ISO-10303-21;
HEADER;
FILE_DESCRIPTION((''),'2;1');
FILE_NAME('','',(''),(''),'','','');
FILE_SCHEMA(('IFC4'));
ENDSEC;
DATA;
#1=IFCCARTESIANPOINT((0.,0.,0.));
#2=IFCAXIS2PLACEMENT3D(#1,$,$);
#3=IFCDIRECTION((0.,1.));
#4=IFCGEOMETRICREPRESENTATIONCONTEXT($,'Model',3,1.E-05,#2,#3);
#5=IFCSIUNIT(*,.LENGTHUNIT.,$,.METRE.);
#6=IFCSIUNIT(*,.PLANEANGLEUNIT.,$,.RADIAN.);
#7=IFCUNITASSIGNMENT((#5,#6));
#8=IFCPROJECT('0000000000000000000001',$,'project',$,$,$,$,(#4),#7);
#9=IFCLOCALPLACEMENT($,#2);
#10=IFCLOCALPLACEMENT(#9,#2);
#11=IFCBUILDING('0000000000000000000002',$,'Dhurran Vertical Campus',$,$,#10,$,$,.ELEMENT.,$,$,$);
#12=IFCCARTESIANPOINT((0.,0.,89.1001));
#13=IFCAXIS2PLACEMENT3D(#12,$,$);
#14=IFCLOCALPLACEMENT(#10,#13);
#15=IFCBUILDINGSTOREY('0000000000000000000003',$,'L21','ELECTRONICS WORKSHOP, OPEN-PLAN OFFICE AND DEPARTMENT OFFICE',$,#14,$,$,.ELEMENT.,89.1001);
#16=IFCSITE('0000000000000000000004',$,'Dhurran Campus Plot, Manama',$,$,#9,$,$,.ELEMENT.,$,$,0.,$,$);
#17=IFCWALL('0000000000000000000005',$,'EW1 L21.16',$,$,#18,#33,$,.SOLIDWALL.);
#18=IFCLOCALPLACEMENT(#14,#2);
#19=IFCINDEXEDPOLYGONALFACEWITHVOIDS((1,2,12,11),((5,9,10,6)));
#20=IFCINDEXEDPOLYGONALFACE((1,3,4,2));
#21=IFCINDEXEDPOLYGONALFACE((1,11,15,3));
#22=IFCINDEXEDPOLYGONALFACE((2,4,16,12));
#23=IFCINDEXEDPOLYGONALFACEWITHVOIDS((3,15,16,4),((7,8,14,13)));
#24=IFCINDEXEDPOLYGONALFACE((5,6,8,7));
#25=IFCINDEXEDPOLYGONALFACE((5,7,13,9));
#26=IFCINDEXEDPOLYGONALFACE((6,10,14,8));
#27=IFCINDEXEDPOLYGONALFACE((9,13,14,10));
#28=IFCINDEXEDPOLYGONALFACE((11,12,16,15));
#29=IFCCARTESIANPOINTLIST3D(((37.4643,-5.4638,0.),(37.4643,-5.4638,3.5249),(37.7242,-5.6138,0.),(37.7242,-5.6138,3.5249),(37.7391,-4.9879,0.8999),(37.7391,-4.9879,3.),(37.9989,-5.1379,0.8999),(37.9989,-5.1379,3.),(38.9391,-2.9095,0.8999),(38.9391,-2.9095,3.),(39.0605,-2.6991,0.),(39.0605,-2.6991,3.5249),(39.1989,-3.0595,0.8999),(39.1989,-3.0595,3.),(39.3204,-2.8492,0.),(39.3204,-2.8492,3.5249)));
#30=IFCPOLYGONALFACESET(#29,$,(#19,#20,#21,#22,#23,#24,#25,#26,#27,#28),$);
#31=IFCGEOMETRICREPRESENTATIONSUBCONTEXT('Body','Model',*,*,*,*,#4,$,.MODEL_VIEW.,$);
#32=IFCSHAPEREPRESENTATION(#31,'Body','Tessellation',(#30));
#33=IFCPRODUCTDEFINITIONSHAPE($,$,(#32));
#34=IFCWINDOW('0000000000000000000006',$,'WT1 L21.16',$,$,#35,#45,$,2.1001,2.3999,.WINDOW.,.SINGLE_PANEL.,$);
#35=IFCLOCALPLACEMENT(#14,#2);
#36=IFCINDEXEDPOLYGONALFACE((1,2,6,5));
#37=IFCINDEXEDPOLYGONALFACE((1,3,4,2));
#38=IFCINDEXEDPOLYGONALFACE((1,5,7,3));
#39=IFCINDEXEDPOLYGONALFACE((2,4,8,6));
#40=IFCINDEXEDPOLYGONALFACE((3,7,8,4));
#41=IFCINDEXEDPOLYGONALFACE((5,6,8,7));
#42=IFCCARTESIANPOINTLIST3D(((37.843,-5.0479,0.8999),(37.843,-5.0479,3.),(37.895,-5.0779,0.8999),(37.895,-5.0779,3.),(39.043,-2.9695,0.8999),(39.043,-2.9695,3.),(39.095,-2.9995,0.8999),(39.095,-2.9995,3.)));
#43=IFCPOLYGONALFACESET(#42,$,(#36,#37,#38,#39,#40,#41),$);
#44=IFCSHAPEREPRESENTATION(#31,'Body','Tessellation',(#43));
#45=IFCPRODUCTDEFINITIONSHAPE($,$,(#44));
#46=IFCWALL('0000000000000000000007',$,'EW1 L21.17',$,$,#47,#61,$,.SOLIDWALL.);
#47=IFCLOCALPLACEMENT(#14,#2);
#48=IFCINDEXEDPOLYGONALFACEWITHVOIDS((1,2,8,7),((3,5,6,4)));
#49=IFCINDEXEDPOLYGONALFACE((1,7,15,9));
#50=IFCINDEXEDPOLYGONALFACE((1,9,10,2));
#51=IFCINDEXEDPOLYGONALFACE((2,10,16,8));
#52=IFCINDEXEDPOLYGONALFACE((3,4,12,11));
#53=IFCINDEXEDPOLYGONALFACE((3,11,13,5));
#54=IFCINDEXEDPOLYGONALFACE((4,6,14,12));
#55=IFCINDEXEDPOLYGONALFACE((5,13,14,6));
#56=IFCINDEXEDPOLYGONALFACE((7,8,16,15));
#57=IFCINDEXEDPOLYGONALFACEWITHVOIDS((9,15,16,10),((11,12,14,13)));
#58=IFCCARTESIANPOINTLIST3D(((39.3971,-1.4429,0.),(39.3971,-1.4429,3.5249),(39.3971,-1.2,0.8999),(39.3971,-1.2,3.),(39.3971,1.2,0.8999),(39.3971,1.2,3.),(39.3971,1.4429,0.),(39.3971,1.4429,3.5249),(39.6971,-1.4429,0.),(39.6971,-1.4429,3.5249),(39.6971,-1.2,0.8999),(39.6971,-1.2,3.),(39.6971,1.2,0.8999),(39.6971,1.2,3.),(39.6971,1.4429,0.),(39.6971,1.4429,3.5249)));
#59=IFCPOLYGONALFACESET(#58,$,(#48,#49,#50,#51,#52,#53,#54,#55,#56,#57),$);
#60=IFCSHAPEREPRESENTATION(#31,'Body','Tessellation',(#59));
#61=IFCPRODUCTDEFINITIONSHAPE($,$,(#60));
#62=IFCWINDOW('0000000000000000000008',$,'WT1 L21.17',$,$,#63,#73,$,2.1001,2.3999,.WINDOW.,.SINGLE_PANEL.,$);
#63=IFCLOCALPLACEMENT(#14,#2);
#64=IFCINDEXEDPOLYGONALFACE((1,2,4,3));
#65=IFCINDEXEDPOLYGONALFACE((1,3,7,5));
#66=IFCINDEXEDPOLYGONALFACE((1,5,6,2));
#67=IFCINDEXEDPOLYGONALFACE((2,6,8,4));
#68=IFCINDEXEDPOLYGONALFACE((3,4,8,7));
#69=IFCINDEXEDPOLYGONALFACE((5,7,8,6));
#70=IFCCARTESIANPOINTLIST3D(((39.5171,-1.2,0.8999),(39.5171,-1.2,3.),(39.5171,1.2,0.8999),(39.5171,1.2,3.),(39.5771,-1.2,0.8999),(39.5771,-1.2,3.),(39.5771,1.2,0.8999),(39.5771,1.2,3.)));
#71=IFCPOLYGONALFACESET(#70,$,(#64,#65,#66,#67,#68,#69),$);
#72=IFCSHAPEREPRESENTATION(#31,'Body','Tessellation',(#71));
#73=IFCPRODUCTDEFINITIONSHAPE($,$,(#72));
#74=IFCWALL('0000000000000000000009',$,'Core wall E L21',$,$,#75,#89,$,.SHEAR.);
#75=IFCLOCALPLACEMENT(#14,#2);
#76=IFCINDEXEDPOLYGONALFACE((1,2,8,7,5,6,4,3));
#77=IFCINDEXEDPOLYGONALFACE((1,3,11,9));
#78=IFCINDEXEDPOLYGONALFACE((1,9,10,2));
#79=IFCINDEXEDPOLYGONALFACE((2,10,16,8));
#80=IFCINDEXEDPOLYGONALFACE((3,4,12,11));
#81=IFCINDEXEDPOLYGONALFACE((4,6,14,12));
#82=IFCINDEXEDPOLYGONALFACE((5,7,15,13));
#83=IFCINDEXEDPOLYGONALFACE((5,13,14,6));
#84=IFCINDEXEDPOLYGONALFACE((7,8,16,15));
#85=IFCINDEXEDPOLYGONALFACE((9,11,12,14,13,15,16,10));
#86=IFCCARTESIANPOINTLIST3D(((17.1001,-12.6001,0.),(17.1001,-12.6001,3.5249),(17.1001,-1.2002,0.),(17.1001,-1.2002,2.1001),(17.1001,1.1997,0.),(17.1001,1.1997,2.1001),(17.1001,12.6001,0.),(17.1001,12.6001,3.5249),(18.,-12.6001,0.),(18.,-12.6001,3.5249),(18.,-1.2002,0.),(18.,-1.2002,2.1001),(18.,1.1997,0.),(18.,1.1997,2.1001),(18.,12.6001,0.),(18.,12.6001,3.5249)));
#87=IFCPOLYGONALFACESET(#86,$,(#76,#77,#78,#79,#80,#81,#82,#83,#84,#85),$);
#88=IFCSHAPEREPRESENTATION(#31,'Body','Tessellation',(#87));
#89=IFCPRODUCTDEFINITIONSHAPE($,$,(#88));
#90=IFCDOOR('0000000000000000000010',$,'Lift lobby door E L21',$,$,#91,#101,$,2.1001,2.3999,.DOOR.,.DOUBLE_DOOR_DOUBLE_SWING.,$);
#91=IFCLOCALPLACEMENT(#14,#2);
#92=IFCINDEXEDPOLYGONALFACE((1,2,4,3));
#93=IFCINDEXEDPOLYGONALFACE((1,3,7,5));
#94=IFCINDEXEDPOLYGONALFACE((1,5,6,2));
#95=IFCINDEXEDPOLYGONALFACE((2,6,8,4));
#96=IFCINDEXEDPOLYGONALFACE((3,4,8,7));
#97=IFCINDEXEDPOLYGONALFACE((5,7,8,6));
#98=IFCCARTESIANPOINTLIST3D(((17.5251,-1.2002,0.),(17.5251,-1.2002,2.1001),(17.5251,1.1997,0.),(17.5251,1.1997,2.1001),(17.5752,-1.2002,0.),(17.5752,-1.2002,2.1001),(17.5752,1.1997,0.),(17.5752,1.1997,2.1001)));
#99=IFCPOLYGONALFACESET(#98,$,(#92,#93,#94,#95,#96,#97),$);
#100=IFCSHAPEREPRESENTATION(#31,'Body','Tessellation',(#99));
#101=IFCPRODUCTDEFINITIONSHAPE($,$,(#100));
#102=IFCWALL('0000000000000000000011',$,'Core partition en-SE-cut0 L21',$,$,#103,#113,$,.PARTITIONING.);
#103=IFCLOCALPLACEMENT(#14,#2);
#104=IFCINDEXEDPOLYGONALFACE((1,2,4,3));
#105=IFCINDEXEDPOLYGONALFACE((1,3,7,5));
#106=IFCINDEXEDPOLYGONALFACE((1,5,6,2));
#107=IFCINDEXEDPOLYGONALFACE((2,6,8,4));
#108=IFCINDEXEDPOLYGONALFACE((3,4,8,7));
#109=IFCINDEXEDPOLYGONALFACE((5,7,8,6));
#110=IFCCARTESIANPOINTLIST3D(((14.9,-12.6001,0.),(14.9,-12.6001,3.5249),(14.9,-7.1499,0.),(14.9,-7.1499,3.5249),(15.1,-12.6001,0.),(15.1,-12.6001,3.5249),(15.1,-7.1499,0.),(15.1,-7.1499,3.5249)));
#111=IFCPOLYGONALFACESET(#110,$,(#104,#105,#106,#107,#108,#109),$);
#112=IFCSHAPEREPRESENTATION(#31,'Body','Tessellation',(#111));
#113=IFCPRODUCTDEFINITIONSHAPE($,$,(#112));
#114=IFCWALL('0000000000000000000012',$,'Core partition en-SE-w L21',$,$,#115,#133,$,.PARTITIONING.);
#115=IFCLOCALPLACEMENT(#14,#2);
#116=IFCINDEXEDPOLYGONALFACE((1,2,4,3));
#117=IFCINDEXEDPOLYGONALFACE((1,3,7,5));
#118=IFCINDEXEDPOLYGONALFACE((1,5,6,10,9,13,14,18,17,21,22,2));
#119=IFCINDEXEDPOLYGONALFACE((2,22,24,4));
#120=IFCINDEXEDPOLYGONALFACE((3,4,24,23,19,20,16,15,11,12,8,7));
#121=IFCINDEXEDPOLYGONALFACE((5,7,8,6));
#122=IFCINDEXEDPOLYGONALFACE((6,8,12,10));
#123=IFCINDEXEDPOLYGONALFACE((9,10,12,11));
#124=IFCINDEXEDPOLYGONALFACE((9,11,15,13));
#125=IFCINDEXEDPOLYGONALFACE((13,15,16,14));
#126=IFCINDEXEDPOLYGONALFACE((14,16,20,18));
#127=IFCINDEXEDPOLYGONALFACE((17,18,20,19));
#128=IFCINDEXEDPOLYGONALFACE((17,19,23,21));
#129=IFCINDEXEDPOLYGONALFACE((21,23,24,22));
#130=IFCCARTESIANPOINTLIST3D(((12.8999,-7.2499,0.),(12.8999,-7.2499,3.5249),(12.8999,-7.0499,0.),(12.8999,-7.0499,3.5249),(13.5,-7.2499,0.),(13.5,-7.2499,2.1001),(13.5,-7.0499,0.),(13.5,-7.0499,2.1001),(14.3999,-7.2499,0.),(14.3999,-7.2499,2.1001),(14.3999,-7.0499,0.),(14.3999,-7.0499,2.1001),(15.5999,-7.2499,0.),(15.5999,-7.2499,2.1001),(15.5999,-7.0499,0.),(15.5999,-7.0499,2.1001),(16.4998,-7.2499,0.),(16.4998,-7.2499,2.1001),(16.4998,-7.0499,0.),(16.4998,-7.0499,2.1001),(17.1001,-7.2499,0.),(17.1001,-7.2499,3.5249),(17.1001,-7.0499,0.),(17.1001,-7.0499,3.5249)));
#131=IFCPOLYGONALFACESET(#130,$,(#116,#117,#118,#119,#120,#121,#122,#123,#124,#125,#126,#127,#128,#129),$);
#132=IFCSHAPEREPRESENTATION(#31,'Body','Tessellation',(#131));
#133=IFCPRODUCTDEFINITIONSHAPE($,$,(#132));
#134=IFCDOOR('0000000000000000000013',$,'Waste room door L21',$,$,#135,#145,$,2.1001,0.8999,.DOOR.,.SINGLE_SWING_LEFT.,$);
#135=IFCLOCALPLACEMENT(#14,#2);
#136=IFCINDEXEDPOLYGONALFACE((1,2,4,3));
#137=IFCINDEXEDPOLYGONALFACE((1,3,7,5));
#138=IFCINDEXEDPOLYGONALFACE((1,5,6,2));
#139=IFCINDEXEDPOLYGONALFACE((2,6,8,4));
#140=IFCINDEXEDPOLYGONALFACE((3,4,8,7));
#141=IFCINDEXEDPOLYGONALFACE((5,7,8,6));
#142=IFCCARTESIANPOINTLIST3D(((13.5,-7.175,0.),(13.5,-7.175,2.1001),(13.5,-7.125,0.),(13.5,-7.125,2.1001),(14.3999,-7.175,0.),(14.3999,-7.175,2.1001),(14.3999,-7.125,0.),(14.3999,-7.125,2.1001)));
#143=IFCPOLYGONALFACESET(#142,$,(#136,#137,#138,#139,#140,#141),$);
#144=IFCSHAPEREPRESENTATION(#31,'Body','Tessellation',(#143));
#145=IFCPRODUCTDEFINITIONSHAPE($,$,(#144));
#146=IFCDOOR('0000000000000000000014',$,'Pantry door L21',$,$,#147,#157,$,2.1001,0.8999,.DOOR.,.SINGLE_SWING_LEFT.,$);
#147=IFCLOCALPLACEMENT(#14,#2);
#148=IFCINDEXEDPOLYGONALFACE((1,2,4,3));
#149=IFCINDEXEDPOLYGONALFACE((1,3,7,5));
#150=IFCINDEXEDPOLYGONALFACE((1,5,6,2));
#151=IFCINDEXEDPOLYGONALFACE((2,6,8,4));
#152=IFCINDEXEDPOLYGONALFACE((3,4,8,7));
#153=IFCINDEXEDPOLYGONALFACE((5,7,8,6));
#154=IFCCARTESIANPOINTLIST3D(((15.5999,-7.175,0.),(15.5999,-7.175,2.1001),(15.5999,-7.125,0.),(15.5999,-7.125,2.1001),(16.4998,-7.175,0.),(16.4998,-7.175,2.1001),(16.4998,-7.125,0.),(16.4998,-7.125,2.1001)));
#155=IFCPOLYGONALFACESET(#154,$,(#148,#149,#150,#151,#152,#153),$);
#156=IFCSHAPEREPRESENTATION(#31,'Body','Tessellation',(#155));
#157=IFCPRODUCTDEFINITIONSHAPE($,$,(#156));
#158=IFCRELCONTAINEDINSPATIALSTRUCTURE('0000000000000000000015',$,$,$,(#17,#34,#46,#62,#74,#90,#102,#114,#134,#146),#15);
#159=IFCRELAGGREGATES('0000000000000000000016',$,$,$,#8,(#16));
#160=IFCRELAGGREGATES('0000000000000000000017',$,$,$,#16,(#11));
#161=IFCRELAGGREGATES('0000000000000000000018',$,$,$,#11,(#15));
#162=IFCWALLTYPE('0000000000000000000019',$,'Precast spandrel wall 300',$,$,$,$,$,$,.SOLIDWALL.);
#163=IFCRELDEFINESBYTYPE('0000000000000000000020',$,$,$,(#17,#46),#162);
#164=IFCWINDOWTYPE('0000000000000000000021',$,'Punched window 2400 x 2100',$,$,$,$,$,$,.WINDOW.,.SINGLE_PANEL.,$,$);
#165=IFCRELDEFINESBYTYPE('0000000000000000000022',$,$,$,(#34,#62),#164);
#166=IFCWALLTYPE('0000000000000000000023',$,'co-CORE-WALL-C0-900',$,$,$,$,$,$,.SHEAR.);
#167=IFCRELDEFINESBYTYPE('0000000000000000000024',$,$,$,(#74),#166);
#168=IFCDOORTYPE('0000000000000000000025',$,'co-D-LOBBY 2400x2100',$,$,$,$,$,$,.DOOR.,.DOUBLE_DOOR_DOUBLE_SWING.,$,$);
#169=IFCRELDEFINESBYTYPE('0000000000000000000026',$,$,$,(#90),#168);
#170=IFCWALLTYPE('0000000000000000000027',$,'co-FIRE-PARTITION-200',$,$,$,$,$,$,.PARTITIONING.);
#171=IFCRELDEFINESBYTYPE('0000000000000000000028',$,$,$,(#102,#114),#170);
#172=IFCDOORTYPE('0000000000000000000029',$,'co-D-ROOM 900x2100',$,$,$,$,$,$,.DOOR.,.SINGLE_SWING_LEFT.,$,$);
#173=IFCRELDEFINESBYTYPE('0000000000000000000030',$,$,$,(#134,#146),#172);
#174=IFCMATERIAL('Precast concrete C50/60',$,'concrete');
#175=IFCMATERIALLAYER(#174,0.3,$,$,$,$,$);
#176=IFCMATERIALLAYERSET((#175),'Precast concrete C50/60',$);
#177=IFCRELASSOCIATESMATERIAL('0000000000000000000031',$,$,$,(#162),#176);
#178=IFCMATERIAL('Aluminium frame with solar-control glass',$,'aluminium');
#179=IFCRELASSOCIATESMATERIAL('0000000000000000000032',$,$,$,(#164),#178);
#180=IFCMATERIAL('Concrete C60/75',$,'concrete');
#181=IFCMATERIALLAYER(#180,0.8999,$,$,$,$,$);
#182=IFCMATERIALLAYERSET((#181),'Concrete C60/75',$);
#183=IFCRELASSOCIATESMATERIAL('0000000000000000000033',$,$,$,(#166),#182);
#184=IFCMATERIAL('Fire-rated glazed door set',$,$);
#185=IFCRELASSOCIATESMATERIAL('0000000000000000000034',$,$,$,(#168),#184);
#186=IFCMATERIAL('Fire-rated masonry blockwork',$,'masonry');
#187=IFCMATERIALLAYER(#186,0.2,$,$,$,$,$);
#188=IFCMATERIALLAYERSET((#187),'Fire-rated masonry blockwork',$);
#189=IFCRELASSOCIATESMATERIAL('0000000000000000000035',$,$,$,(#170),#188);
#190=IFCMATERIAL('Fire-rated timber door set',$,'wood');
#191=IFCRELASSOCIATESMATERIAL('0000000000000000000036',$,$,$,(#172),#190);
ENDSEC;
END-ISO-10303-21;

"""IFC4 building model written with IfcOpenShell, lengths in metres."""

from ifc_helpers import new_model, si_unit, direction, frame, frame_2d, origin, place, context, subcontext, project, spatial, rectangle, extrude, material, layer, layer_set, type_object, element, fill, save


model = new_model("IFC4")

# Units and contexts
model_context = context("Model", 3, precision=1e-05, world=origin(), true_north=direction((0.0, 1.0)))
body_context = subcontext(model_context, "Body", "Model", "MODEL_VIEW")
ifc_project = project(units=[si_unit("LENGTHUNIT", "METRE"), si_unit("PLANEANGLEUNIT", "RADIAN")], contexts=[model_context])

# Site, building, storey
site_placement = place(None, origin())
site = spatial("IfcSite", under=ifc_project, at=site_placement, Name="Dhurran Campus Plot, Manama", CompositionType="ELEMENT", RefElevation=0.0)
building_placement = place(site_placement, origin())
building = spatial("IfcBuilding", under=site, at=building_placement, Name="Dhurran Vertical Campus", CompositionType="ELEMENT")
storey_placement = place(building_placement, frame((0.0, 0.0, 89.1001)))
storey = spatial("IfcBuildingStorey", under=building, at=storey_placement, Name="L21", Description="ELECTRONICS WORKSHOP, OPEN-PLAN OFFICE AND DEPARTMENT OFFICE", CompositionType="ELEMENT", Elevation=89.1001)

# Walls, openings, windows
ifc_material_1 = material(Name="Precast concrete C50/60", Category="concrete")
ifc_layer_1 = layer(ifc_material_1, 0.3)
ifc_layer_set_1 = layer_set([ifc_layer_1], Name="Precast concrete C50/60")
wall_type_1 = type_object("IfcWallType", Name="Precast spandrel wall 300", PredefinedType="SOLIDWALL", material=ifc_layer_set_1)
ifc_material_2 = material(Name="Aluminium frame with solar-control glass", Category="aluminium")
window_type = type_object("IfcWindowType", Name="Punched window 2400 x 2100", PartitioningType="SINGLE_PANEL", PredefinedType="WINDOW", material=ifc_material_2)
wall_1_placement = place(storey_placement, frame((37.5942, -5.5388, 0.0), z_axis=(0.0, 0.0, 1.0), x_axis=(0.500005, 0.866023, 0.0)))
wall_1 = element("IfcWall", 1, at=wall_1_placement, inside=storey, type_object=wall_type_1, Name="EW1 L21.16", PredefinedType="SOLIDWALL", context=body_context, shape_type="SweptSolid", body=[
    extrude(rectangle(XDim=3.1924, YDim=0.3, at=frame_2d((1.5962, 0.0))), origin(), (0.0, 0.0, 1.0), 3.5249),
])
opening_1_placement = place(wall_1_placement, frame((0.5496, 0.0, 0.8999)))
opening_1 = element("IfcOpeningElement", 2, at=opening_1_placement, cuts=wall_1, PredefinedType="OPENING", context=body_context, shape_type="SweptSolid", body=[
    extrude(rectangle(XDim=2.3999, YDim=2.1001, at=frame_2d((1.2, 1.05))), frame((0.0, 0.1599, 0.0), z_axis=(0.0, -1.0, 0.0), x_axis=(1.0, 0.0, 0.0)), (0.0, 0.0, 1.0), 0.3201),
])
window_1_placement = place(opening_1_placement, origin())
window_1 = element("IfcWindow", 3, at=window_1_placement, inside=storey, type_object=window_type, Name="WT1 L21.16", OverallHeight=2.1001, OverallWidth=2.3999, PartitioningType="SINGLE_PANEL", PredefinedType="WINDOW", context=body_context, shape_type="SweptSolid", body=[
    extrude(rectangle(XDim=2.3999, YDim=2.1001, at=frame_2d((1.2, 1.05))), frame((0.0, 0.03, 0.0), z_axis=(0.0, -1.0, 0.0), x_axis=(1.0, 0.0, 0.0)), (0.0, 0.0, 1.0), 0.0601),
])
fill(opening_1, window_1)
wall_2_placement = place(storey_placement, frame((39.5471, -1.4429, 0.0), z_axis=(0.0, 0.0, 1.0), x_axis=(0.0, 1.0, 0.0)))
wall_2 = element("IfcWall", 4, at=wall_2_placement, inside=storey, type_object=wall_type_1, Name="EW1 L21.17", PredefinedType="SOLIDWALL", context=body_context, shape_type="SweptSolid", body=[
    extrude(rectangle(XDim=2.8857, YDim=0.3, at=frame_2d((1.4429, 0.0))), origin(), (0.0, 0.0, 1.0), 3.5249),
])
opening_2_placement = place(wall_2_placement, frame((0.2429, 0.0, 0.8999)))
opening_2 = element("IfcOpeningElement", 5, at=opening_2_placement, cuts=wall_2, PredefinedType="OPENING", context=body_context, shape_type="SweptSolid", body=[
    extrude(rectangle(XDim=2.3999, YDim=2.1001, at=frame_2d((1.2, 1.05))), frame((0.0, 0.1599, 0.0), z_axis=(0.0, -1.0, 0.0), x_axis=(1.0, 0.0, 0.0)), (0.0, 0.0, 1.0), 0.3201),
])
window_2_placement = place(opening_2_placement, origin())
window_2 = element("IfcWindow", 6, at=window_2_placement, inside=storey, type_object=window_type, Name="WT1 L21.17", OverallHeight=2.1001, OverallWidth=2.3999, PartitioningType="SINGLE_PANEL", PredefinedType="WINDOW", context=body_context, shape_type="SweptSolid", body=[
    extrude(rectangle(XDim=2.3999, YDim=2.1001, at=frame_2d((1.2, 1.05))), frame((0.0, 0.03, 0.0), z_axis=(0.0, -1.0, 0.0), x_axis=(1.0, 0.0, 0.0)), (0.0, 0.0, 1.0), 0.0601),
])
fill(opening_2, window_2)

# Wall, opening, door
ifc_material_3 = material(Name="Concrete C60/75", Category="concrete")
ifc_layer_2 = layer(ifc_material_3, 0.8999)
ifc_layer_set_2 = layer_set([ifc_layer_2], Name="Concrete C60/75")
wall_type_2 = type_object("IfcWallType", Name="co-CORE-WALL-C0-900", PredefinedType="SHEAR", material=ifc_layer_set_2)
wall_3_placement = place(storey_placement, frame((17.55, -12.6001, 0.0), z_axis=(0.0, 0.0, 1.0), x_axis=(0.0, 1.0, 0.0)))
wall_3 = element("IfcWall", 7, at=wall_3_placement, inside=storey, type_object=wall_type_2, Name="Core wall E L21", PredefinedType="SHEAR", context=body_context, shape_type="SweptSolid", body=[
    extrude(rectangle(XDim=25.2002, YDim=0.8999, at=frame_2d((12.6001, 0.0))), origin(), (0.0, 0.0, 1.0), 3.5249),
])
opening_3_placement = place(wall_3_placement, frame((11.3999, 0.0, 0.0)))
opening_3 = element("IfcOpeningElement", 8, at=opening_3_placement, cuts=wall_3, PredefinedType="OPENING", context=body_context, shape_type="SweptSolid", body=[
    extrude(rectangle(XDim=2.3999, YDim=2.1001, at=frame_2d((1.2, 1.05))), frame((0.0, 0.46, 0.0), z_axis=(0.0, -1.0, 0.0), x_axis=(1.0, 0.0, 0.0)), (0.0, 0.0, 1.0), 0.9199),
])
ifc_material_4 = material(Name="Fire-rated glazed door set")
door_type_1 = type_object("IfcDoorType", Name="co-D-LOBBY 2400x2100", OperationType="DOUBLE_DOOR_DOUBLE_SWING", PredefinedType="DOOR", material=ifc_material_4)
door_1_placement = place(opening_3_placement, origin())
door_1 = element("IfcDoor", 9, at=door_1_placement, inside=storey, type_object=door_type_1, Name="Lift lobby door E L21", OperationType="DOUBLE_DOOR_DOUBLE_SWING", OverallHeight=2.1001, OverallWidth=2.3999, PredefinedType="DOOR", context=body_context, shape_type="SweptSolid", body=[
    extrude(rectangle(XDim=2.3999, YDim=2.1001, at=frame_2d((1.2, 1.05))), frame((0.0, 0.0249, 0.0), z_axis=(0.0, -1.0, 0.0), x_axis=(1.0, 0.0, 0.0)), (0.0, 0.0, 1.0), 0.05),
])
fill(opening_3, door_1)

# Wall
ifc_material_5 = material(Name="Fire-rated masonry blockwork", Category="masonry")
ifc_layer_3 = layer(ifc_material_5, 0.2)
ifc_layer_set_3 = layer_set([ifc_layer_3], Name="Fire-rated masonry blockwork")
wall_type_3 = type_object("IfcWallType", Name="co-FIRE-PARTITION-200", PredefinedType="PARTITIONING", material=ifc_layer_set_3)
wall_4_placement = place(storey_placement, frame((15.0, -12.6001, 0.0), z_axis=(0.0, 0.0, 1.0), x_axis=(0.0, 1.0, 0.0)))
element("IfcWall", 10, at=wall_4_placement, inside=storey, type_object=wall_type_3, Name="Core partition en-SE-cut0 L21", PredefinedType="PARTITIONING", context=body_context, shape_type="SweptSolid", body=[
    extrude(rectangle(XDim=5.4502, YDim=0.2, at=frame_2d((2.7251, 0.0))), origin(), (0.0, 0.0, 1.0), 3.5249),
])

# Wall, openings, doors
wall_5_placement = place(storey_placement, frame((12.8999, -7.1499, 0.0), z_axis=(0.0, 0.0, 1.0), x_axis=(1.0, 0.0, 0.0)))
wall_5 = element("IfcWall", 11, at=wall_5_placement, inside=storey, type_object=wall_type_3, Name="Core partition en-SE-w L21", PredefinedType="PARTITIONING", context=body_context, shape_type="SweptSolid", body=[
    extrude(rectangle(XDim=4.2002, YDim=0.2, at=frame_2d((2.1001, 0.0))), origin(), (0.0, 0.0, 1.0), 3.5249),
])
opening_4_placement = place(wall_5_placement, frame((0.6001, 0.0, 0.0)))
opening_4 = element("IfcOpeningElement", 12, at=opening_4_placement, cuts=wall_5, PredefinedType="OPENING", context=body_context, shape_type="SweptSolid", body=[
    extrude(rectangle(XDim=0.8999, YDim=2.1001, at=frame_2d((0.45, 1.05))), frame((0.0, 0.1099, 0.0), z_axis=(0.0, -1.0, 0.0), x_axis=(1.0, 0.0, 0.0)), (0.0, 0.0, 1.0), 0.22),
])
opening_5_placement = place(wall_5_placement, frame((2.7, 0.0, 0.0)))
opening_5 = element("IfcOpeningElement", 13, at=opening_5_placement, cuts=wall_5, PredefinedType="OPENING", context=body_context, shape_type="SweptSolid", body=[
    extrude(rectangle(XDim=0.8999, YDim=2.1001, at=frame_2d((0.45, 1.05))), frame((0.0, 0.1099, 0.0), z_axis=(0.0, -1.0, 0.0), x_axis=(1.0, 0.0, 0.0)), (0.0, 0.0, 1.0), 0.22),
])
ifc_material_6 = material(Name="Fire-rated timber door set", Category="wood")
door_type_2 = type_object("IfcDoorType", Name="co-D-ROOM 900x2100", OperationType="SINGLE_SWING_LEFT", PredefinedType="DOOR", material=ifc_material_6)
door_2_placement = place(opening_4_placement, origin())
door_2 = element("IfcDoor", 14, at=door_2_placement, inside=storey, type_object=door_type_2, Name="Waste room door L21", OperationType="SINGLE_SWING_LEFT", OverallHeight=2.1001, OverallWidth=0.8999, PredefinedType="DOOR", context=body_context, shape_type="SweptSolid", body=[
    extrude(rectangle(XDim=0.8999, YDim=2.1001, at=frame_2d((0.45, 1.05))), frame((0.0, 0.0249, 0.0), z_axis=(0.0, -1.0, 0.0), x_axis=(1.0, 0.0, 0.0)), (0.0, 0.0, 1.0), 0.05),
])
fill(opening_4, door_2)
door_3_placement = place(opening_5_placement, origin())
door_3 = element("IfcDoor", 15, at=door_3_placement, inside=storey, type_object=door_type_2, Name="Pantry door L21", OperationType="SINGLE_SWING_LEFT", OverallHeight=2.1001, OverallWidth=0.8999, PredefinedType="DOOR", context=body_context, shape_type="SweptSolid", body=[
    extrude(rectangle(XDim=0.8999, YDim=2.1001, at=frame_2d((0.45, 1.05))), frame((0.0, 0.0249, 0.0), z_axis=(0.0, -1.0, 0.0), x_axis=(1.0, 0.0, 0.0)), (0.0, 0.0, 1.0), 0.05),
])
fill(opening_5, door_3)

save(model, "model.ifc")
